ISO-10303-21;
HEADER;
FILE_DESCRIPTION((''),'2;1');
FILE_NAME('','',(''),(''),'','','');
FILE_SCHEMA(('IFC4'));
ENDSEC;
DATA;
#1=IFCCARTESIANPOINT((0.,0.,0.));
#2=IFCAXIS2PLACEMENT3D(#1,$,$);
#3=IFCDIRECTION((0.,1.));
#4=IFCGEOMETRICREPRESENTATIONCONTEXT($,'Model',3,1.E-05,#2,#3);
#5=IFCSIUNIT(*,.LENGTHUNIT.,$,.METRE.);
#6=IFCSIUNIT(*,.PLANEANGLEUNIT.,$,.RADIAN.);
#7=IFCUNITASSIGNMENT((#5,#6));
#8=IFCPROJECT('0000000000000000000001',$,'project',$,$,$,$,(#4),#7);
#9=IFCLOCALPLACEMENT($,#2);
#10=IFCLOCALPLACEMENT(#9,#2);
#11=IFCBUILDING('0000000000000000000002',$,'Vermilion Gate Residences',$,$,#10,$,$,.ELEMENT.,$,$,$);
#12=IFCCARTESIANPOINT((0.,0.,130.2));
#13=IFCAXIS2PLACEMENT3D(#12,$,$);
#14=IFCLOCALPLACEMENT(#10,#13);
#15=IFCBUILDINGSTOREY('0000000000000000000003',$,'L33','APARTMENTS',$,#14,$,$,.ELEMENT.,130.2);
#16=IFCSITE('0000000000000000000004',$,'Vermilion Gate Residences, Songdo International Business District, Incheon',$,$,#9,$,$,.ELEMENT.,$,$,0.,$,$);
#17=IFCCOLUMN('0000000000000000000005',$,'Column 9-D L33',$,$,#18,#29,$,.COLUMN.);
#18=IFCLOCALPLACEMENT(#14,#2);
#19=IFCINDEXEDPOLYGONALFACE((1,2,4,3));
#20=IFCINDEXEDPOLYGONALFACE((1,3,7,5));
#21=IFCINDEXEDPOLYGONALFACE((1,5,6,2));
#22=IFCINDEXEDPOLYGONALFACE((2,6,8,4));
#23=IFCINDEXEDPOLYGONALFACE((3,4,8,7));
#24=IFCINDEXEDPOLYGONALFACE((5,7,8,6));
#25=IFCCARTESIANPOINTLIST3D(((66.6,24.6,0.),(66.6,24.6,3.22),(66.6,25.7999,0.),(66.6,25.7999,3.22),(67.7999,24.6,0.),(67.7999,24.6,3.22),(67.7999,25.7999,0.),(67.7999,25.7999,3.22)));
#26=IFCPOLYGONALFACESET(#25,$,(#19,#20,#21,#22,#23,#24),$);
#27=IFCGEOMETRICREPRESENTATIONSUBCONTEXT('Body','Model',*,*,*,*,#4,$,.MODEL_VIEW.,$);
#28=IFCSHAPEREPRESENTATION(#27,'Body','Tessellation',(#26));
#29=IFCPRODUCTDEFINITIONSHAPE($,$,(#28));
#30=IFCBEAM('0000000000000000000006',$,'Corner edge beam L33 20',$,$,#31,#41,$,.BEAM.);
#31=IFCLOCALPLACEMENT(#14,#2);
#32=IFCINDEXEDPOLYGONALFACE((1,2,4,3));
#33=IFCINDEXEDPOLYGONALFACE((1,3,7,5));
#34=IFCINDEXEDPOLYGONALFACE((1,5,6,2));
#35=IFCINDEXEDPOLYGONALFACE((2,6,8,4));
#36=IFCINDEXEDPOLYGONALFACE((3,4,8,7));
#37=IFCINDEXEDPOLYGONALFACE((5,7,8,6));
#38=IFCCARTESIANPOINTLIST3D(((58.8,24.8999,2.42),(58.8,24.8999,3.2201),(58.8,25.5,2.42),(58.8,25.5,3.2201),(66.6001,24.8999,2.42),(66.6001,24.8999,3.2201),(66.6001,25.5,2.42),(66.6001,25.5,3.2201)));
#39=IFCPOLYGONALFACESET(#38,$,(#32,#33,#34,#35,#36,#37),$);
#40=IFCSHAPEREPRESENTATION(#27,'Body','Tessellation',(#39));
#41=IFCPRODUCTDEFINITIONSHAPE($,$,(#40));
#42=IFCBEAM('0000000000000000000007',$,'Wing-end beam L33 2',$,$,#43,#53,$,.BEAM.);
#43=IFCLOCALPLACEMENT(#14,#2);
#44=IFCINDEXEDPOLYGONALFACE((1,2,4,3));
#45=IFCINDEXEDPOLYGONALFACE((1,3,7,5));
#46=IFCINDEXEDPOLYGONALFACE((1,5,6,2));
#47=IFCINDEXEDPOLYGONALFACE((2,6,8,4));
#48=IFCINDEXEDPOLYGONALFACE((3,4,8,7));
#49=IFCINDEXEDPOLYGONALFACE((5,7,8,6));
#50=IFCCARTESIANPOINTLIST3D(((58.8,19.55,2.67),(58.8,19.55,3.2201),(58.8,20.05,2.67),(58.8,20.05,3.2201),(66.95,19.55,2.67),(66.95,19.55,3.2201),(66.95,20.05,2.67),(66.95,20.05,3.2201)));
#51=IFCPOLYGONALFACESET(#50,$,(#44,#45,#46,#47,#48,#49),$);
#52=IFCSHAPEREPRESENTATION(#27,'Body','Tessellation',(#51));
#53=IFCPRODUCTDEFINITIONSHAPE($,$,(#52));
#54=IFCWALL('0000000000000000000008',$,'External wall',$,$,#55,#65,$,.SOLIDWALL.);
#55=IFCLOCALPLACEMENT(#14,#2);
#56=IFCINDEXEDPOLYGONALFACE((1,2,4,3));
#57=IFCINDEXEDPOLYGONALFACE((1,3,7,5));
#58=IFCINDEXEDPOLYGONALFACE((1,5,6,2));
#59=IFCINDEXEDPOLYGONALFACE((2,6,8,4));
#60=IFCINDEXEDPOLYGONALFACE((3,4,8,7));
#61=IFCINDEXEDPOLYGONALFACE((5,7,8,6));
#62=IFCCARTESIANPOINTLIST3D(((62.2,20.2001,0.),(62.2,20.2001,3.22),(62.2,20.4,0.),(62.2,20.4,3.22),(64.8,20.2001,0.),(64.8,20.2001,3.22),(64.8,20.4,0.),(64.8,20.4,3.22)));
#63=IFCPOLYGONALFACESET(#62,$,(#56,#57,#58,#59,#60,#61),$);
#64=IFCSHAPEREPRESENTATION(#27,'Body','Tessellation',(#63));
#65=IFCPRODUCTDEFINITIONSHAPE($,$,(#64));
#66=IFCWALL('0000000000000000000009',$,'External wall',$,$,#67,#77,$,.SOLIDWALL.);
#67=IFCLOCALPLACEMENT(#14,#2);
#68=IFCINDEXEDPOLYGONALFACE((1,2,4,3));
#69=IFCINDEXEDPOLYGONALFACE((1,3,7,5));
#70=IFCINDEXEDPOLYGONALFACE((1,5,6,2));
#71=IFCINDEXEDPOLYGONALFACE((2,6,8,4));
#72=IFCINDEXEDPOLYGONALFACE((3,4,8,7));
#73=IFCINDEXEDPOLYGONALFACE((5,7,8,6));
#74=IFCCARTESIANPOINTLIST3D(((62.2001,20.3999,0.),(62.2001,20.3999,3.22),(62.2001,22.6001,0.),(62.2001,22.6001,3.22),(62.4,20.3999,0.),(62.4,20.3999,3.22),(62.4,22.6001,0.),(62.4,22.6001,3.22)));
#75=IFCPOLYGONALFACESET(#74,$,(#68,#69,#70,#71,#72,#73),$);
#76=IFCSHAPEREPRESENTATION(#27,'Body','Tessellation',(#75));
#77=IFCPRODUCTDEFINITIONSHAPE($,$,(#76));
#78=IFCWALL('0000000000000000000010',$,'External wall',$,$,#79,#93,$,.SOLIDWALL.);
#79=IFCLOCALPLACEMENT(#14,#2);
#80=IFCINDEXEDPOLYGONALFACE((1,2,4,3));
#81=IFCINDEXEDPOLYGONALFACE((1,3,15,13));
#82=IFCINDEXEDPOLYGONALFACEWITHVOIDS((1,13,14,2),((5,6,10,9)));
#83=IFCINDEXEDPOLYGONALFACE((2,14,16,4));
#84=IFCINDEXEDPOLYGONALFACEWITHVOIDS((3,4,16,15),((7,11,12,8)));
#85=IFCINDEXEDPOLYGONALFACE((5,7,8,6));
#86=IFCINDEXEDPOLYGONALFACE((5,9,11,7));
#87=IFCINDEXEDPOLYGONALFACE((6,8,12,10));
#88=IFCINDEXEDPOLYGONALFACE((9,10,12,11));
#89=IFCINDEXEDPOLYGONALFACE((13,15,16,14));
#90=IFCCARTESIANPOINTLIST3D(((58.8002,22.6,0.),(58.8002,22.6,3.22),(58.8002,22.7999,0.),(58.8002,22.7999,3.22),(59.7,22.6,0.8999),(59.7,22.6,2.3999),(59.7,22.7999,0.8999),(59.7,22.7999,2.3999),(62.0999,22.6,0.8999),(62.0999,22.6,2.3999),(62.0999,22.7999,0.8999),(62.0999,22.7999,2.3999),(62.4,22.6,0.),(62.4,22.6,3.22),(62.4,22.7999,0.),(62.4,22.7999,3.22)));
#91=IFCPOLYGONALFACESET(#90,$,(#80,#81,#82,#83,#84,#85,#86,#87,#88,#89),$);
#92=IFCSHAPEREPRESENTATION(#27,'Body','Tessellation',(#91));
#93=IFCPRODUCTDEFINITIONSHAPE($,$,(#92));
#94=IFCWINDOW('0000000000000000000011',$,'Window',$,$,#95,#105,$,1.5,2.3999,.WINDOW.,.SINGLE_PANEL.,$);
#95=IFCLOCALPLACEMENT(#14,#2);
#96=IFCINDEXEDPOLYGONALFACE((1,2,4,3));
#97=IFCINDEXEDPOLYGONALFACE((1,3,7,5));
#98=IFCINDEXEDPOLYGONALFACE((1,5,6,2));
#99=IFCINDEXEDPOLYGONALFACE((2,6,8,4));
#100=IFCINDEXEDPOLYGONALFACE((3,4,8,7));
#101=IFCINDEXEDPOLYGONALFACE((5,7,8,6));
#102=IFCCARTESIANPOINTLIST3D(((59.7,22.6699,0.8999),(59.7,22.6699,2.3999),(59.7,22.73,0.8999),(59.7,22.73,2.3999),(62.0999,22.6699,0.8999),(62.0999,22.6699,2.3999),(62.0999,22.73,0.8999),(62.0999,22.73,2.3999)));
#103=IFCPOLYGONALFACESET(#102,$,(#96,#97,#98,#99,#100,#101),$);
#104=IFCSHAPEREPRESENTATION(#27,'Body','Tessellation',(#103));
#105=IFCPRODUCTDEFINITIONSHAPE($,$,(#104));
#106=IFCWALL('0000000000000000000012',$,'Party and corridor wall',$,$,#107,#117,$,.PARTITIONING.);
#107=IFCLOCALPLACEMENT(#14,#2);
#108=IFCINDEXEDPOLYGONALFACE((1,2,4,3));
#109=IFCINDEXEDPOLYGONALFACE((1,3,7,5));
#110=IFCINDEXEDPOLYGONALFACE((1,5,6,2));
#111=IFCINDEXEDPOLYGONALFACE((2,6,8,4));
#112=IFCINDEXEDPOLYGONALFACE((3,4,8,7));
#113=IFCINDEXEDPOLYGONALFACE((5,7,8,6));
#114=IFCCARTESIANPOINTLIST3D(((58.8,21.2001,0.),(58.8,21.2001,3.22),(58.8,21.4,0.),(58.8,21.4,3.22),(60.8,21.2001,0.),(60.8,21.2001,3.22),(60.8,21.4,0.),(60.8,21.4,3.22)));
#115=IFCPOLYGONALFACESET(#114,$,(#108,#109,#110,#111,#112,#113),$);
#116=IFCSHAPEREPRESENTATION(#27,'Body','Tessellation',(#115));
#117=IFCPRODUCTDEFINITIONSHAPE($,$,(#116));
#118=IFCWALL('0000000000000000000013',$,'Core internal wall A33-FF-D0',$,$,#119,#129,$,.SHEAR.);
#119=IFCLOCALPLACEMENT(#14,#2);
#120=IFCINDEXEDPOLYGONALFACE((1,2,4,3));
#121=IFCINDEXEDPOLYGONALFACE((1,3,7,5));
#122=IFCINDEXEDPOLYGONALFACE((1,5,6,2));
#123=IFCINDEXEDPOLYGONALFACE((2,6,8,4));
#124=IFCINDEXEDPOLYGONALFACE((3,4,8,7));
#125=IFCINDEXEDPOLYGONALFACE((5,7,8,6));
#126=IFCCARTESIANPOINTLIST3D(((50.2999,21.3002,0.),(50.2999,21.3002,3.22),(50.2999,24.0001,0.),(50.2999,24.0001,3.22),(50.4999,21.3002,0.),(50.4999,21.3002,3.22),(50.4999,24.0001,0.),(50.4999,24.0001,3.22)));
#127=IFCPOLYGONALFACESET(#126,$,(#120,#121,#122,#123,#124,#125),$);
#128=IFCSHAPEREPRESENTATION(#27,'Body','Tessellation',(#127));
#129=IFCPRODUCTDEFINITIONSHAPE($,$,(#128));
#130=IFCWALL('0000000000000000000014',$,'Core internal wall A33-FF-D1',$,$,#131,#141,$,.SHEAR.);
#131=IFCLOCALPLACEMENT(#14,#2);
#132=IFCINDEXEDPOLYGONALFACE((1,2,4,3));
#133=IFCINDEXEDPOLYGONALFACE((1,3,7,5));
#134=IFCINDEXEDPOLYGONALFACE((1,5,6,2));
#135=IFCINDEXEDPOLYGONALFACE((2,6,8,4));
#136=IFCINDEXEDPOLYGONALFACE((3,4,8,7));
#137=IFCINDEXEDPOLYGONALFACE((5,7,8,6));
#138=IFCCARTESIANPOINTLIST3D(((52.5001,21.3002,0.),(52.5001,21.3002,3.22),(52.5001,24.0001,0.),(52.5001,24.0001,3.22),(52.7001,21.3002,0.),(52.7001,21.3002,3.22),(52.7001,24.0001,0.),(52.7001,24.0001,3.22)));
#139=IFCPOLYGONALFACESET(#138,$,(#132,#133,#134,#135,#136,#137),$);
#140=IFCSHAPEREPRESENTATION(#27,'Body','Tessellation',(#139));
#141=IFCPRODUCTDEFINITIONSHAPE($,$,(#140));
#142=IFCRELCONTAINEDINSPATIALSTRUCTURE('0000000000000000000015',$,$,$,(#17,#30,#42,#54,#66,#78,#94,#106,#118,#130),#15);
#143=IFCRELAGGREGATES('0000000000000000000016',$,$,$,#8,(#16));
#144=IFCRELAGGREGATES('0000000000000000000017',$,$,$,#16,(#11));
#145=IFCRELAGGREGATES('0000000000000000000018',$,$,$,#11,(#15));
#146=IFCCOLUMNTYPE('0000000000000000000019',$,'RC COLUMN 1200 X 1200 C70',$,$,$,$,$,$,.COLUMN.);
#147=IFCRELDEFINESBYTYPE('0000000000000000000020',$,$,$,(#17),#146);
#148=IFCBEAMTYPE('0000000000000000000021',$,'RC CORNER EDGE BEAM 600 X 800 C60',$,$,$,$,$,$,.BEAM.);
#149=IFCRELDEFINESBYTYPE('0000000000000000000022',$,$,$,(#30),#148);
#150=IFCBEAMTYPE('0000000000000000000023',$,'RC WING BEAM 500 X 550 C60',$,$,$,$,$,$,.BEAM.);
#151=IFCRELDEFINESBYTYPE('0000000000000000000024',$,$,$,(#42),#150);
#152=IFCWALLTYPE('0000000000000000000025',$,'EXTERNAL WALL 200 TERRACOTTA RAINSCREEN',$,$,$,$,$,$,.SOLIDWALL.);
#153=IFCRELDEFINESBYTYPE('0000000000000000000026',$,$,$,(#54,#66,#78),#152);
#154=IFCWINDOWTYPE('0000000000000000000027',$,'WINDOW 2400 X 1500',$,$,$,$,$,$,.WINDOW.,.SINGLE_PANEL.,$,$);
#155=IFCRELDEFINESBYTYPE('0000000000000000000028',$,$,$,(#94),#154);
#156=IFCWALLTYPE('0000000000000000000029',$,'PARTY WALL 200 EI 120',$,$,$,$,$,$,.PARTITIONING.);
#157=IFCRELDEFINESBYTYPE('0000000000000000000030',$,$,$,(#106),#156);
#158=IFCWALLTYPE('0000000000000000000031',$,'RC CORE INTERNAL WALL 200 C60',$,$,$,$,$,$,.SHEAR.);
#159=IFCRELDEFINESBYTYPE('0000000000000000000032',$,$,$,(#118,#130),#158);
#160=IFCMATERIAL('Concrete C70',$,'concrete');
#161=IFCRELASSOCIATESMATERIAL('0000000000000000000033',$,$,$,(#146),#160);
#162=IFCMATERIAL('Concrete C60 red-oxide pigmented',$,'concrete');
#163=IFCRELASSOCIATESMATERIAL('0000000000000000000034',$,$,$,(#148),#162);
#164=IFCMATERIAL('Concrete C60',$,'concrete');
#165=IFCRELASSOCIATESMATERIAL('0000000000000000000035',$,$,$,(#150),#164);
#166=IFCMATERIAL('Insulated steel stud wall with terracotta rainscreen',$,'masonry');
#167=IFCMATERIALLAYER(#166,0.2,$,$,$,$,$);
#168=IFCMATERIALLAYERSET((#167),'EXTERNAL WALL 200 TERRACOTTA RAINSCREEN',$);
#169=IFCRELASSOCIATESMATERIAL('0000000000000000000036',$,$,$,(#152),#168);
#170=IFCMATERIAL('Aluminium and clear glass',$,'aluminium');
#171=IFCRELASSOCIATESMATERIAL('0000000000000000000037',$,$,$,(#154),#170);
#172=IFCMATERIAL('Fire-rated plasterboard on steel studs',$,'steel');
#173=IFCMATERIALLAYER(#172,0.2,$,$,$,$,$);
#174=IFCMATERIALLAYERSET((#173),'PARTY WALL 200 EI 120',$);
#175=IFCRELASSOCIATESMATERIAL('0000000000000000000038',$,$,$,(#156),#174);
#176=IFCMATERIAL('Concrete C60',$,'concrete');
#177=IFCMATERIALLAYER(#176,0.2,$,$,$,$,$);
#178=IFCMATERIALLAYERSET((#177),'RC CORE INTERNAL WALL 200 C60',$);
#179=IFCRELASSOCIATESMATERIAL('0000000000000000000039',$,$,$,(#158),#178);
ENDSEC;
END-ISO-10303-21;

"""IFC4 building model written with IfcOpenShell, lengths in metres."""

from ifc_helpers import new_model, si_unit, direction, frame, frame_2d, origin, origin_2d, place, context, subcontext, project, spatial, rectangle, extrude, material, layer, layer_set, material_profile, profile_set, type_object, element, fill, save


model = new_model("IFC4")

# Units and contexts
model_context = context("Model", 3, precision=1e-05, world=origin(), true_north=direction((0.0, 1.0)))
body_context = subcontext(model_context, "Body", "Model", "MODEL_VIEW")
ifc_project = project(units=[si_unit("LENGTHUNIT", "METRE"), si_unit("PLANEANGLEUNIT", "RADIAN")], contexts=[model_context])

# Site, building, storey
site_placement = place(None, origin())
site = spatial("IfcSite", under=ifc_project, at=site_placement, Name="Vermilion Gate Residences, Songdo International Business District, Incheon", CompositionType="ELEMENT", RefElevation=0.0)
building_placement = place(site_placement, origin())
building = spatial("IfcBuilding", under=site, at=building_placement, Name="Vermilion Gate Residences", CompositionType="ELEMENT")
storey_placement = place(building_placement, frame((0.0, 0.0, 130.2)))
storey = spatial("IfcBuildingStorey", under=building, at=storey_placement, Name="L33", Description="APARTMENTS", CompositionType="ELEMENT", Elevation=130.2)

# Column
ifc_material_1 = material(Name="Concrete C70", Category="concrete")
ifc_material_profile_1 = material_profile(ifc_material_1, rectangle(XDim=1.2, YDim=1.2, at=origin_2d()), Name="RC-1200x1200")
ifc_profile_set_1 = profile_set([ifc_material_profile_1], Name="Concrete C70")
column_type = type_object("IfcColumnType", Name="RC COLUMN 1200 X 1200 C70", PredefinedType="COLUMN", material=ifc_profile_set_1)
column_placement = place(storey_placement, frame((67.2, 25.2, 0.0), z_axis=(0.0, 0.0, 1.0), x_axis=(1.0, 0.0, 0.0)))
element("IfcColumn", 1, at=column_placement, inside=storey, type_object=column_type, Name="Column 9-D L33", PredefinedType="COLUMN", context=body_context, shape_type="SweptSolid", body=[
    extrude(rectangle(XDim=1.2, YDim=1.2, at=origin_2d()), origin(), (0.0, 0.0, 1.0), 3.22),
])

# Beams
ifc_material_2 = material(Name="Concrete C60 red-oxide pigmented", Category="concrete")
ifc_material_profile_2 = material_profile(ifc_material_2, rectangle(XDim=0.6001, YDim=0.8, at=origin_2d()), Name="RC-600x800")
ifc_profile_set_2 = profile_set([ifc_material_profile_2], Name="Concrete C60 red-oxide pigmented")
beam_type_1 = type_object("IfcBeamType", Name="RC CORNER EDGE BEAM 600 X 800 C60", PredefinedType="BEAM", material=ifc_profile_set_2)
beam_1_placement = place(storey_placement, frame((58.8, 25.2, 2.8201), z_axis=(1.0, 0.0, 0.0), x_axis=(0.0, 1.0, 0.0)))
element("IfcBeam", 2, at=beam_1_placement, inside=storey, type_object=beam_type_1, Name="Corner edge beam L33 20", PredefinedType="BEAM", context=body_context, shape_type="SweptSolid", body=[
    extrude(rectangle(XDim=0.6001, YDim=0.8, at=origin_2d()), origin(), (0.0, 0.0, 1.0), 7.8),
])
ifc_material_3 = material(Name="Concrete C60", Category="concrete")
ifc_material_profile_3 = material_profile(ifc_material_3, rectangle(XDim=0.5, YDim=0.55, at=origin_2d()), Name="RC-500x550")
ifc_profile_set_3 = profile_set([ifc_material_profile_3], Name="Concrete C60")
beam_type_2 = type_object("IfcBeamType", Name="RC WING BEAM 500 X 550 C60", PredefinedType="BEAM", material=ifc_profile_set_3)
beam_2_placement = place(storey_placement, frame((58.8, 19.8, 2.9451), z_axis=(1.0, 0.0, 0.0), x_axis=(0.0, 1.0, 0.0)))
element("IfcBeam", 3, at=beam_2_placement, inside=storey, type_object=beam_type_2, Name="Wing-end beam L33 2", PredefinedType="BEAM", context=body_context, shape_type="SweptSolid", body=[
    extrude(rectangle(XDim=0.5, YDim=0.55, at=origin_2d()), origin(), (0.0, 0.0, 1.0), 8.1499),
])

# Walls
ifc_material_4 = material(Name="Insulated steel stud wall with terracotta rainscreen", Category="masonry")
ifc_layer_1 = layer(ifc_material_4, 0.2)
ifc_layer_set_1 = layer_set([ifc_layer_1], Name="EXTERNAL WALL 200 TERRACOTTA RAINSCREEN")
wall_type_1 = type_object("IfcWallType", Name="EXTERNAL WALL 200 TERRACOTTA RAINSCREEN", PredefinedType="SOLIDWALL", material=ifc_layer_set_1)
wall_1_placement = place(storey_placement, frame((64.8, 20.3, 0.0), z_axis=(0.0, 0.0, 1.0), x_axis=(-1.0, 0.0, 0.0)))
element("IfcWall", 4, at=wall_1_placement, inside=storey, type_object=wall_type_1, Name="External wall", PredefinedType="SOLIDWALL", context=body_context, shape_type="SweptSolid", body=[
    extrude(rectangle(XDim=2.6001, YDim=0.2, at=frame_2d((1.3, 0.0))), origin(), (0.0, 0.0, 1.0), 3.22),
])
wall_2_placement = place(storey_placement, frame((62.3, 20.3999, 0.0), z_axis=(0.0, 0.0, 1.0), x_axis=(0.0, 1.0, 0.0)))
element("IfcWall", 5, at=wall_2_placement, inside=storey, type_object=wall_type_1, Name="External wall", PredefinedType="SOLIDWALL", context=body_context, shape_type="SweptSolid", body=[
    extrude(rectangle(XDim=2.2002, YDim=0.2, at=frame_2d((1.1001, 0.0))), origin(), (0.0, 0.0, 1.0), 3.22),
])

# Wall, opening, window
wall_3_placement = place(storey_placement, frame((62.3999, 22.7, 0.0), z_axis=(0.0, 0.0, 1.0), x_axis=(-1.0, 0.0, 0.0)))
wall_3 = element("IfcWall", 6, at=wall_3_placement, inside=storey, type_object=wall_type_1, Name="External wall", PredefinedType="SOLIDWALL", context=body_context, shape_type="SweptSolid", body=[
    extrude(rectangle(XDim=3.5999, YDim=0.2, at=frame_2d((1.7998, 0.0))), origin(), (0.0, 0.0, 1.0), 3.22),
])
opening_1_placement = place(wall_3_placement, frame((0.3, 0.0, 0.8999)))
opening_1 = element("IfcOpeningElement", 7, at=opening_1_placement, cuts=wall_3, PredefinedType="OPENING", context=body_context, shape_type="SweptSolid", body=[
    extrude(rectangle(XDim=2.3999, YDim=1.5, at=frame_2d((1.2, 0.75))), frame((0.0, 0.1099, 0.0), z_axis=(0.0, -1.0, 0.0), x_axis=(1.0, 0.0, 0.0)), (0.0, 0.0, 1.0), 0.22),
])
ifc_material_5 = material(Name="Aluminium and clear glass", Category="aluminium")
window_type_1 = type_object("IfcWindowType", Name="WINDOW 2400 X 1500", PartitioningType="SINGLE_PANEL", PredefinedType="WINDOW", material=ifc_material_5)
window_1_placement = place(opening_1_placement, origin())
window_1 = element("IfcWindow", 8, at=window_1_placement, inside=storey, type_object=window_type_1, Name="Window", OverallHeight=1.5, OverallWidth=2.3999, PartitioningType="SINGLE_PANEL", PredefinedType="WINDOW", context=body_context, shape_type="SweptSolid", body=[
    extrude(rectangle(XDim=2.3999, YDim=1.5, at=frame_2d((1.2, 0.75))), frame((0.0, 0.03, 0.0), z_axis=(0.0, -1.0, 0.0), x_axis=(1.0, 0.0, 0.0)), (0.0, 0.0, 1.0), 0.0601),
])
fill(opening_1, window_1)

# Walls
ifc_material_6 = material(Name="Fire-rated plasterboard on steel studs", Category="steel")
ifc_layer_2 = layer(ifc_material_6, 0.2)
ifc_layer_set_2 = layer_set([ifc_layer_2], Name="PARTY WALL 200 EI 120")
wall_type_2 = type_object("IfcWallType", Name="PARTY WALL 200 EI 120", PredefinedType="PARTITIONING", material=ifc_layer_set_2)
wall_4_placement = place(storey_placement, frame((58.8, 21.3, 0.0), z_axis=(0.0, 0.0, 1.0), x_axis=(1.0, 0.0, 0.0)))
element("IfcWall", 9, at=wall_4_placement, inside=storey, type_object=wall_type_2, Name="Party and corridor wall", PredefinedType="PARTITIONING", context=body_context, shape_type="SweptSolid", body=[
    extrude(rectangle(XDim=2.0, YDim=0.2, at=frame_2d((1.0, 0.0))), origin(), (0.0, 0.0, 1.0), 3.22),
])
ifc_material_7 = material(Name="Concrete C60", Category="concrete")
ifc_layer_3 = layer(ifc_material_7, 0.2)
ifc_layer_set_3 = layer_set([ifc_layer_3], Name="RC CORE INTERNAL WALL 200 C60")
wall_type_3 = type_object("IfcWallType", Name="RC CORE INTERNAL WALL 200 C60", PredefinedType="SHEAR", material=ifc_layer_set_3)
for number, where, z_axis, x_axis, name in (
    (10, (50.3999, 21.3, 0.0), (0.0, 0.0, 1.0), (0.0, 1.0, 0.0), "Core internal wall A33-FF-D0"),
    (11, (52.6001, 21.3, 0.0), (0.0, 0.0, 1.0), (0.0, 1.0, 0.0), "Core internal wall A33-FF-D1"),
):
    element("IfcWall", number, at=place(storey_placement, frame(where, z_axis=z_axis, x_axis=x_axis)), inside=storey, type_object=wall_type_3, Name=name, PredefinedType="SHEAR", context=body_context, shape_type="SweptSolid", body=[
        extrude(rectangle(XDim=2.7, YDim=0.2, at=frame_2d((1.3501, 0.0))), origin(), (0.0, 0.0, 1.0), 3.22),
    ])

save(model, "model.ifc")
